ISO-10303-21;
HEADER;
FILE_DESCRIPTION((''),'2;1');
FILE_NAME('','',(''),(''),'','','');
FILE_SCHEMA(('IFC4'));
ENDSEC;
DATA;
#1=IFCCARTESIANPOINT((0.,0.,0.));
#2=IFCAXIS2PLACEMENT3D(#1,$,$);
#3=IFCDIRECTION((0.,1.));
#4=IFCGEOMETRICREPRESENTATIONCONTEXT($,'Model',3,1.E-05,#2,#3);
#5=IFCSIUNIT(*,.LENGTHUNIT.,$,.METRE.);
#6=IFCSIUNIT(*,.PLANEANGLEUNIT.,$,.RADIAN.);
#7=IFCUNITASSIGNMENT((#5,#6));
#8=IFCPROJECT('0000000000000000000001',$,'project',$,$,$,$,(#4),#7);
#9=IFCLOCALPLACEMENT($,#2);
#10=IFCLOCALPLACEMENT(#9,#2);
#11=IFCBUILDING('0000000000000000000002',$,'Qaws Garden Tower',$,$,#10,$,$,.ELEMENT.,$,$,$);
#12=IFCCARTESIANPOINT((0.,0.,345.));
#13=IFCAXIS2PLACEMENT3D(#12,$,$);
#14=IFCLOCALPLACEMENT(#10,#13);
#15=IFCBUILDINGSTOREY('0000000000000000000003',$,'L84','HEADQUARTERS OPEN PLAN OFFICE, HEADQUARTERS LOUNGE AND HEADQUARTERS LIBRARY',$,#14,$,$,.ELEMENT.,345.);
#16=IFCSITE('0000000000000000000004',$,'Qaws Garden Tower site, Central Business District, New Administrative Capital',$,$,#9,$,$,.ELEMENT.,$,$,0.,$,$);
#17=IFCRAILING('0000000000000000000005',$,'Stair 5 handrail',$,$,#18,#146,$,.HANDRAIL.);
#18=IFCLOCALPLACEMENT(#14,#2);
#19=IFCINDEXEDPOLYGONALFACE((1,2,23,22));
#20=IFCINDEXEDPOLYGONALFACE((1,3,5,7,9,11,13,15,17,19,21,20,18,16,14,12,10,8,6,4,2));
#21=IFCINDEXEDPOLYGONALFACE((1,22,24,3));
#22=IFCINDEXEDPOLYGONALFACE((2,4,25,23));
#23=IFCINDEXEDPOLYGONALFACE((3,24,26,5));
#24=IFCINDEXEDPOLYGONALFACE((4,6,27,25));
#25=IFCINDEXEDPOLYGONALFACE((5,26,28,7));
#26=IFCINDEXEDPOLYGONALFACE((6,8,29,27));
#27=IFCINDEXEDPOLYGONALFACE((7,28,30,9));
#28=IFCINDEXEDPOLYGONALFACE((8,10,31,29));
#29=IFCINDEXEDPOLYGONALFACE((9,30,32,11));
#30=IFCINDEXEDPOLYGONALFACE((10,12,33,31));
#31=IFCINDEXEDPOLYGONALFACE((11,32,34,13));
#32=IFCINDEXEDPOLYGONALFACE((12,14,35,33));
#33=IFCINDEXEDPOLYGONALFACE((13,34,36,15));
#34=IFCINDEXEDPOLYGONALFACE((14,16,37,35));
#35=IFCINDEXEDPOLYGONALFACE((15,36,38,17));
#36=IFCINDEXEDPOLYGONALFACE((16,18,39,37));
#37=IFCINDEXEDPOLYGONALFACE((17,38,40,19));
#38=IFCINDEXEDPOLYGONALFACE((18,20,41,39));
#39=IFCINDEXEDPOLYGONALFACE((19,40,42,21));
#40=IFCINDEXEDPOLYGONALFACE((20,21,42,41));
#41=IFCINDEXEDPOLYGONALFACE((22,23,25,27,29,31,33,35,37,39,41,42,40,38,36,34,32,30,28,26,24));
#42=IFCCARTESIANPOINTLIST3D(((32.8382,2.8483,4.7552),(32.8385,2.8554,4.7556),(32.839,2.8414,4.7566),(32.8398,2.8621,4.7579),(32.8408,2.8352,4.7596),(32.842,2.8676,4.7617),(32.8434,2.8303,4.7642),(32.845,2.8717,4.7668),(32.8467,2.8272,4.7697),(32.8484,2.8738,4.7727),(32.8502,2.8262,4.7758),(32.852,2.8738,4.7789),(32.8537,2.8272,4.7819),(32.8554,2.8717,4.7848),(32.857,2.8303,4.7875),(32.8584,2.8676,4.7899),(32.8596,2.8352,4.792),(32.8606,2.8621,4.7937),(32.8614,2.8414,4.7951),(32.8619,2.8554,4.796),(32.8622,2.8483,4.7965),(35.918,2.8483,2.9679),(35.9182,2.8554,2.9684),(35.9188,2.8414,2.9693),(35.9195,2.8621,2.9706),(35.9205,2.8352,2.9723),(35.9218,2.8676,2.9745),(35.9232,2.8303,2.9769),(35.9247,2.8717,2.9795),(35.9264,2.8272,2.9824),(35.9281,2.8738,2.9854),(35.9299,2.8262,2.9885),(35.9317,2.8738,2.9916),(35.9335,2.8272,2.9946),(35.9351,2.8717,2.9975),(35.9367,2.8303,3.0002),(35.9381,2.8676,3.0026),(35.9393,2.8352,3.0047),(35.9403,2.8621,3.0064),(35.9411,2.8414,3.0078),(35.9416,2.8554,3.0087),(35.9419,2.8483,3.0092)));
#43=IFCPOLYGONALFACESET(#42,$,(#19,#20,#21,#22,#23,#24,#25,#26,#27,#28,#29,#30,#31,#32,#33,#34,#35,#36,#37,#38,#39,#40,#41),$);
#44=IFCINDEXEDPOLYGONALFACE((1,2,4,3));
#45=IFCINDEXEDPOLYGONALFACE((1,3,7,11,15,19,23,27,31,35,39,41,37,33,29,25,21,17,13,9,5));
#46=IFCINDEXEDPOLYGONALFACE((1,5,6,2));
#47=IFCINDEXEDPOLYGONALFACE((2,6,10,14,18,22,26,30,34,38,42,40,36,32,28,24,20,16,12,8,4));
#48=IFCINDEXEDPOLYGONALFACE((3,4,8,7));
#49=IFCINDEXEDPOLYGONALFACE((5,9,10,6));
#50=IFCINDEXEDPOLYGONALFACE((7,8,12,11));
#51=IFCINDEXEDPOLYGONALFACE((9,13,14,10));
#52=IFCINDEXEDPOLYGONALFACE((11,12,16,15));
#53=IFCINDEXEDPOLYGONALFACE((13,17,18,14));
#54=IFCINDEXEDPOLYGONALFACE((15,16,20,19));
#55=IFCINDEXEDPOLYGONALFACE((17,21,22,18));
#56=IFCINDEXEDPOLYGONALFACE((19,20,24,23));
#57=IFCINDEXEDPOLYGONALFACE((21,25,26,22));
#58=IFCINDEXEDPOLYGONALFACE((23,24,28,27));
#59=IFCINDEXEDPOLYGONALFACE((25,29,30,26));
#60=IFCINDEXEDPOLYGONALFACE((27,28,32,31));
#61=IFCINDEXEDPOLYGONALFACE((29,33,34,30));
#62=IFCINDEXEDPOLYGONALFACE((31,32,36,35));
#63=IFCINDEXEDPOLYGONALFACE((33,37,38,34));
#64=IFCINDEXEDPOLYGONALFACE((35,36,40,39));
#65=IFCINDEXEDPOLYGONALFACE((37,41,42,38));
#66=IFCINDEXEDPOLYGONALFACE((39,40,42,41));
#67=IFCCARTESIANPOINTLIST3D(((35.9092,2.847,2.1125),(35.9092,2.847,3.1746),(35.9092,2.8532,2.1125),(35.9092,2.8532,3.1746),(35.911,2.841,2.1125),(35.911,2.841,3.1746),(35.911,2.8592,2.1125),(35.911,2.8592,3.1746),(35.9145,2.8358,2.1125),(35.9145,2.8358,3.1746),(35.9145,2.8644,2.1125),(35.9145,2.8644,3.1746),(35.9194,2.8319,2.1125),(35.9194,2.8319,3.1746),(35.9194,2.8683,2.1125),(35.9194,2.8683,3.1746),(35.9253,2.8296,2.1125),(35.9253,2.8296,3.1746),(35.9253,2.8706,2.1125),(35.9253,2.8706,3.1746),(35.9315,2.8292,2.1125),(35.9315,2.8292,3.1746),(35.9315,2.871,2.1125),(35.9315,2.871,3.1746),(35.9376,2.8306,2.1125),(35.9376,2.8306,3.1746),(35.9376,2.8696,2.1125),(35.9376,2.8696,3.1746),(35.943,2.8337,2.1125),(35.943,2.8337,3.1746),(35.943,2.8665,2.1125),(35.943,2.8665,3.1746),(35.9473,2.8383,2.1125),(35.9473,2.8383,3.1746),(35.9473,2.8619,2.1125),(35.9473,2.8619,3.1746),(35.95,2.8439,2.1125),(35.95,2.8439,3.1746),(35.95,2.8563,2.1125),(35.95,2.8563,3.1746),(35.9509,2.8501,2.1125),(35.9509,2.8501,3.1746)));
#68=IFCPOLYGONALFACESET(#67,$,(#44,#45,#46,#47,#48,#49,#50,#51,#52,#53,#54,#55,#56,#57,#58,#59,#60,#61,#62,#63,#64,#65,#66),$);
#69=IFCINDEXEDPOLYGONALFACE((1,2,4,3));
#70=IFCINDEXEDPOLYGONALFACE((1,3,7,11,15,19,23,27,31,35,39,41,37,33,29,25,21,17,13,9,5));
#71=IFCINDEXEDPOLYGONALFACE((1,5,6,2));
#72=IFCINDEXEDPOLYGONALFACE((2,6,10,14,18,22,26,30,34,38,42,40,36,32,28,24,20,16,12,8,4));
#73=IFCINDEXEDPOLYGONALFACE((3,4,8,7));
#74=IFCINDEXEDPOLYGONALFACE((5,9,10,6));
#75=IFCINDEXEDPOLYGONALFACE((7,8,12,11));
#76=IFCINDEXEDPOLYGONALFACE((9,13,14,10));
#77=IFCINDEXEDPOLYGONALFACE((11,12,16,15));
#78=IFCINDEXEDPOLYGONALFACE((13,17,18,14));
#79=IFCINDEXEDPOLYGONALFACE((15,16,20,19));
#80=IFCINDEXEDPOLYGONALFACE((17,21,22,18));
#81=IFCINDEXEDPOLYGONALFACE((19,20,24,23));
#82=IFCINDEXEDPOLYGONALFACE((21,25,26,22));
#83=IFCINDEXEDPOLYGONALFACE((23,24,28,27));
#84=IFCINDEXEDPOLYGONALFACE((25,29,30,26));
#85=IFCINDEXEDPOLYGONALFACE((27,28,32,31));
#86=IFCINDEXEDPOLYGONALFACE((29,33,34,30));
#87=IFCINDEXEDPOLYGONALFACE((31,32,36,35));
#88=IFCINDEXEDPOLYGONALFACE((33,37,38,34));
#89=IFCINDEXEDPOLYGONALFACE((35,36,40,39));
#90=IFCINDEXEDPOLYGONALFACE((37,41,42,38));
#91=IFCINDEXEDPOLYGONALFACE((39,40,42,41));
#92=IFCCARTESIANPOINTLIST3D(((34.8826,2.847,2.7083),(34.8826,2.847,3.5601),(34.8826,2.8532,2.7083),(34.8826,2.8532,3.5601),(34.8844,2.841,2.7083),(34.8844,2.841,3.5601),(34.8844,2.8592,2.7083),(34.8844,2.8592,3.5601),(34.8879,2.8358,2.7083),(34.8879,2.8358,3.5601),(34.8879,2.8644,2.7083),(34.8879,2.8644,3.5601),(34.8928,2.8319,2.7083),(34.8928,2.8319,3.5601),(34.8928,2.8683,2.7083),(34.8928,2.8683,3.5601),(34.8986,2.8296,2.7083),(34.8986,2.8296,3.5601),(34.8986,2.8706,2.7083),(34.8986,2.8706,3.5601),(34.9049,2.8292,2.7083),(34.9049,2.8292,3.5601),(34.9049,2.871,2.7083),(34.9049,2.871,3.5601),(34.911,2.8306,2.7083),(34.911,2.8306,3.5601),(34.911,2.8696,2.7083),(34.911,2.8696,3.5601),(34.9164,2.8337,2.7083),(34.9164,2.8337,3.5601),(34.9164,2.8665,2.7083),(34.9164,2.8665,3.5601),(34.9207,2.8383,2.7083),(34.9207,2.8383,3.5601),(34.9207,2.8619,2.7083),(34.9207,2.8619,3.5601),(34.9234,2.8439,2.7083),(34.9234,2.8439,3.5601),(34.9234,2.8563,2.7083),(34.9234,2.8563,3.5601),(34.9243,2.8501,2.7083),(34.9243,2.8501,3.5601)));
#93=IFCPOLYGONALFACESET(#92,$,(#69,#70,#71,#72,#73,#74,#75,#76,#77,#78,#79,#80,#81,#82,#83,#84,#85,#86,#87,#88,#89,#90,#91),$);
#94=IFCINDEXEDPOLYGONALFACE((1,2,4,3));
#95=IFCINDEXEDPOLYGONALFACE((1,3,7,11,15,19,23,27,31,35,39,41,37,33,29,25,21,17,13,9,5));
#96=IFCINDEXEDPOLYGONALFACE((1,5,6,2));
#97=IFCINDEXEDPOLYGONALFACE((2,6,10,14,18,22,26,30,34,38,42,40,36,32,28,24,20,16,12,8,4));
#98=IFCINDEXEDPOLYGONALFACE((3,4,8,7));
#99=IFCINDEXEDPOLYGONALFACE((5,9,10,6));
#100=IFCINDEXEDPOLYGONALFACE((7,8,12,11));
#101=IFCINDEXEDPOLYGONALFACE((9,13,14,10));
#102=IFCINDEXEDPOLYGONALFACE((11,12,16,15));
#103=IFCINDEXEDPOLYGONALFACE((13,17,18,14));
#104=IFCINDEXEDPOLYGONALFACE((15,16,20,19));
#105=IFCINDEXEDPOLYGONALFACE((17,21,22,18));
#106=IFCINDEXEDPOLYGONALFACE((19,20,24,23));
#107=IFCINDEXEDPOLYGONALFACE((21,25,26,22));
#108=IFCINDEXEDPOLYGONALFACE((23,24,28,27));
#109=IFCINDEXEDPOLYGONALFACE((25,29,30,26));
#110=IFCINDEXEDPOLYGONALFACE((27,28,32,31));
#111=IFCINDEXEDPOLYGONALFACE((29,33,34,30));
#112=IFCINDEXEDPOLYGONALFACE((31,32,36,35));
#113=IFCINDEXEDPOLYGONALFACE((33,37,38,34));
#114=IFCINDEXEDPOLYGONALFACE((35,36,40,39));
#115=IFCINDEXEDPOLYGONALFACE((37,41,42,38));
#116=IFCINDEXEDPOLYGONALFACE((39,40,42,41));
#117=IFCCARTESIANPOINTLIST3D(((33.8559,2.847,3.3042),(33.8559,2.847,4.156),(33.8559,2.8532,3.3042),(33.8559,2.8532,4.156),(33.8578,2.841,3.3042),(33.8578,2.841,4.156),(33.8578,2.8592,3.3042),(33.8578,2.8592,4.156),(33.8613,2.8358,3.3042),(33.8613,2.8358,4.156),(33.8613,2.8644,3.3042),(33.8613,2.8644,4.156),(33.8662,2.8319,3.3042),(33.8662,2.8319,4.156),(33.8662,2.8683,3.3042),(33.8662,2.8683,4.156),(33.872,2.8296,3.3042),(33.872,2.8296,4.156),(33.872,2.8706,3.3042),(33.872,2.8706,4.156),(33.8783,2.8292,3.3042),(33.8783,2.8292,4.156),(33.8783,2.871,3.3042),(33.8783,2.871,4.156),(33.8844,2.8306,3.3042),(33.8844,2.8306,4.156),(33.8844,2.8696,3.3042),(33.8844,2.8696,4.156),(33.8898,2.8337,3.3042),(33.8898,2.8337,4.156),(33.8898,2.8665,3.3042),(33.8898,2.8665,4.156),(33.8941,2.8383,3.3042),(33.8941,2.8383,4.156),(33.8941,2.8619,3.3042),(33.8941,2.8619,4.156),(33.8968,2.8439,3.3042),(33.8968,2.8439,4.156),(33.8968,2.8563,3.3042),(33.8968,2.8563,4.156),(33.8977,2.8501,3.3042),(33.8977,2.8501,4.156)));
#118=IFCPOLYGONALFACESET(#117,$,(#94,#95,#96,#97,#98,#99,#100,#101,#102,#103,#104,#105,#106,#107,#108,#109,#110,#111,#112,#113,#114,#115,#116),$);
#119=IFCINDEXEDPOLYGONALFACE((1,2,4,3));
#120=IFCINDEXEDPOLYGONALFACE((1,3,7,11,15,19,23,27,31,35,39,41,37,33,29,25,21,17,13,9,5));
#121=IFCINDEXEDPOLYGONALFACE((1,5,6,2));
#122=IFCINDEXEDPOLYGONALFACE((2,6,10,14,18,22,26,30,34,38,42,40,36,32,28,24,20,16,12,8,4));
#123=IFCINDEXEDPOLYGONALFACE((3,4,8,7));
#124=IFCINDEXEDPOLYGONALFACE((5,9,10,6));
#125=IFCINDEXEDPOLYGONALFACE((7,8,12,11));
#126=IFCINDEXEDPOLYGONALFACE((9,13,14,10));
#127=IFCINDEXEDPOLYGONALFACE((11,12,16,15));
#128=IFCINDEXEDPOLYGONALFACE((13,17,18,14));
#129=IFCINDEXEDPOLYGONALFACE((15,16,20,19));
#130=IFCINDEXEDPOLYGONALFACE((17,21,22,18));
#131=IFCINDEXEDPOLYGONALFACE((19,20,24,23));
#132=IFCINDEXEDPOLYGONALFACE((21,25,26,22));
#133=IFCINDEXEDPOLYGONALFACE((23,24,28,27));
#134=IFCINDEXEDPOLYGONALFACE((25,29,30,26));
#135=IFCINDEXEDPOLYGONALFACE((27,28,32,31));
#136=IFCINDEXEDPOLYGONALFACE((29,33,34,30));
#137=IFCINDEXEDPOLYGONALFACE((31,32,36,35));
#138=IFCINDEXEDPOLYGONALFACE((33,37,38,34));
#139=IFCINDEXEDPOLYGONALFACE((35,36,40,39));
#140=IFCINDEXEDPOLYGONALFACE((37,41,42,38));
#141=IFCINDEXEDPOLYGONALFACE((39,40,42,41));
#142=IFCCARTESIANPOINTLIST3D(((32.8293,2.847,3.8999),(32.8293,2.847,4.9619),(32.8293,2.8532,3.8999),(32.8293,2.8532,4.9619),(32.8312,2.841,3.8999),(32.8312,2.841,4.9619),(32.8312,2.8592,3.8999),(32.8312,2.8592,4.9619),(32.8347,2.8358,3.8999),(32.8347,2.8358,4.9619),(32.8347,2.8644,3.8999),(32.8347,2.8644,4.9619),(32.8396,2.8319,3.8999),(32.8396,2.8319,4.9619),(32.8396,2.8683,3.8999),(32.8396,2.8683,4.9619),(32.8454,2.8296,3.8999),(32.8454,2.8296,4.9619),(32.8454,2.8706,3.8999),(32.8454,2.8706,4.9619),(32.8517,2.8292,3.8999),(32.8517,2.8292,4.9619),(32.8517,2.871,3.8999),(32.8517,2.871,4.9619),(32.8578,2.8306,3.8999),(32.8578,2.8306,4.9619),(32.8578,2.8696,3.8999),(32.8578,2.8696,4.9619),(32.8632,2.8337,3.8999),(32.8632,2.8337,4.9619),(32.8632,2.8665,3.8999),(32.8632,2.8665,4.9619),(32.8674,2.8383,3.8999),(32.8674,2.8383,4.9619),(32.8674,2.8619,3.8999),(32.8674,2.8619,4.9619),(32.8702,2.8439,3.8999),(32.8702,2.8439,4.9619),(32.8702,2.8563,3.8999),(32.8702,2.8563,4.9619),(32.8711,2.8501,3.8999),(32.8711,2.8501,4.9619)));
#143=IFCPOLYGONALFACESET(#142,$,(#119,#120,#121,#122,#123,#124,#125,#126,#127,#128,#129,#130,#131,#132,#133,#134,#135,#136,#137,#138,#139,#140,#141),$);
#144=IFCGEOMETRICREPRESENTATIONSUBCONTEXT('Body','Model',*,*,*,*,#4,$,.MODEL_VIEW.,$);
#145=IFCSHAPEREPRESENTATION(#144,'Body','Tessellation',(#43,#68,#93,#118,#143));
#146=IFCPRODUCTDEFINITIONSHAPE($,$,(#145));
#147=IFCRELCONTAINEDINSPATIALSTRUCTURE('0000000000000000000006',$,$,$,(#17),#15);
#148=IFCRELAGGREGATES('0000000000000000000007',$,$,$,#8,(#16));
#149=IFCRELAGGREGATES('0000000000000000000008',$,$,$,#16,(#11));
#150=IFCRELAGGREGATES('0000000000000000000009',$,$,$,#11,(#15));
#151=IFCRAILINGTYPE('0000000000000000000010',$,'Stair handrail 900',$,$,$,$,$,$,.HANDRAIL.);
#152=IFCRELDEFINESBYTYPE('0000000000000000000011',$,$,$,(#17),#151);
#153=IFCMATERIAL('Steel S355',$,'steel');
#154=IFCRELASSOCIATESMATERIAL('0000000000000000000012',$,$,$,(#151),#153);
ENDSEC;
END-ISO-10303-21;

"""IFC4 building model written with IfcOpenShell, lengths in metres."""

from ifc_helpers import new_model, si_unit, direction, frame, origin, origin_2d, place, context, subcontext, project, spatial, circle, extrude, material, type_object, element, save


model = new_model("IFC4")

# Units and contexts
model_context = context("Model", 3, precision=1e-05, world=origin(), true_north=direction((0.0, 1.0)))
body_context = subcontext(model_context, "Body", "Model", "MODEL_VIEW")
ifc_project = project(units=[si_unit("LENGTHUNIT", "METRE"), si_unit("PLANEANGLEUNIT", "RADIAN")], contexts=[model_context])

# Site, building, storey
site_placement = place(None, origin())
site = spatial("IfcSite", under=ifc_project, at=site_placement, Name="Qaws Garden Tower site, Central Business District, New Administrative Capital", CompositionType="ELEMENT", RefElevation=0.0)
building_placement = place(site_placement, origin())
building = spatial("IfcBuilding", under=site, at=building_placement, Name="Qaws Garden Tower", CompositionType="ELEMENT")
storey_placement = place(building_placement, frame((0.0, 0.0, 345.0)))
storey = spatial("IfcBuildingStorey", under=building, at=storey_placement, Name="L84", Description="HEADQUARTERS OPEN PLAN OFFICE, HEADQUARTERS LOUNGE AND HEADQUARTERS LIBRARY", CompositionType="ELEMENT", Elevation=345.0)

# Railing
ifc_material_1 = material(Name="Steel S355", Category="steel")
railing_type = type_object("IfcRailingType", Name="Stair handrail 900", PredefinedType="HANDRAIL", material=ifc_material_1)
railing_1_placement = place(storey_placement, frame((35.9299, 2.8501, 2.1125)))
element("IfcRailing", 1, at=railing_1_placement, inside=storey, type_object=railing_type, Name="Stair 5 handrail", PredefinedType="HANDRAIL", context=body_context, shape_type="SweptSolid", body=[
    extrude(circle(Radius=0.0239, at=origin_2d()), frame((0.0, 0.0, 0.876), z_axis=(-0.864903, 0.0, 0.501939), x_axis=(0.0, -1.0, 0.0)), (0.0, 0.0, 1.0), 3.5608),
    extrude(circle(Radius=0.021, at=origin_2d()), origin(), (0.0, 0.0, 1.0), 1.062),
    extrude(circle(Radius=0.021, at=origin_2d()), frame((-1.0266, 0.0, 0.5957)), (0.0, 0.0, 1.0), 0.8518),
    extrude(circle(Radius=0.021, at=origin_2d()), frame((-2.0532, 0.0, 1.1917)), (0.0, 0.0, 1.0), 0.8518),
    extrude(circle(Radius=0.021, at=origin_2d()), frame((-3.0798, 0.0, 1.7874)), (0.0, 0.0, 1.0), 1.062),
])

save(model, "model.ifc")
